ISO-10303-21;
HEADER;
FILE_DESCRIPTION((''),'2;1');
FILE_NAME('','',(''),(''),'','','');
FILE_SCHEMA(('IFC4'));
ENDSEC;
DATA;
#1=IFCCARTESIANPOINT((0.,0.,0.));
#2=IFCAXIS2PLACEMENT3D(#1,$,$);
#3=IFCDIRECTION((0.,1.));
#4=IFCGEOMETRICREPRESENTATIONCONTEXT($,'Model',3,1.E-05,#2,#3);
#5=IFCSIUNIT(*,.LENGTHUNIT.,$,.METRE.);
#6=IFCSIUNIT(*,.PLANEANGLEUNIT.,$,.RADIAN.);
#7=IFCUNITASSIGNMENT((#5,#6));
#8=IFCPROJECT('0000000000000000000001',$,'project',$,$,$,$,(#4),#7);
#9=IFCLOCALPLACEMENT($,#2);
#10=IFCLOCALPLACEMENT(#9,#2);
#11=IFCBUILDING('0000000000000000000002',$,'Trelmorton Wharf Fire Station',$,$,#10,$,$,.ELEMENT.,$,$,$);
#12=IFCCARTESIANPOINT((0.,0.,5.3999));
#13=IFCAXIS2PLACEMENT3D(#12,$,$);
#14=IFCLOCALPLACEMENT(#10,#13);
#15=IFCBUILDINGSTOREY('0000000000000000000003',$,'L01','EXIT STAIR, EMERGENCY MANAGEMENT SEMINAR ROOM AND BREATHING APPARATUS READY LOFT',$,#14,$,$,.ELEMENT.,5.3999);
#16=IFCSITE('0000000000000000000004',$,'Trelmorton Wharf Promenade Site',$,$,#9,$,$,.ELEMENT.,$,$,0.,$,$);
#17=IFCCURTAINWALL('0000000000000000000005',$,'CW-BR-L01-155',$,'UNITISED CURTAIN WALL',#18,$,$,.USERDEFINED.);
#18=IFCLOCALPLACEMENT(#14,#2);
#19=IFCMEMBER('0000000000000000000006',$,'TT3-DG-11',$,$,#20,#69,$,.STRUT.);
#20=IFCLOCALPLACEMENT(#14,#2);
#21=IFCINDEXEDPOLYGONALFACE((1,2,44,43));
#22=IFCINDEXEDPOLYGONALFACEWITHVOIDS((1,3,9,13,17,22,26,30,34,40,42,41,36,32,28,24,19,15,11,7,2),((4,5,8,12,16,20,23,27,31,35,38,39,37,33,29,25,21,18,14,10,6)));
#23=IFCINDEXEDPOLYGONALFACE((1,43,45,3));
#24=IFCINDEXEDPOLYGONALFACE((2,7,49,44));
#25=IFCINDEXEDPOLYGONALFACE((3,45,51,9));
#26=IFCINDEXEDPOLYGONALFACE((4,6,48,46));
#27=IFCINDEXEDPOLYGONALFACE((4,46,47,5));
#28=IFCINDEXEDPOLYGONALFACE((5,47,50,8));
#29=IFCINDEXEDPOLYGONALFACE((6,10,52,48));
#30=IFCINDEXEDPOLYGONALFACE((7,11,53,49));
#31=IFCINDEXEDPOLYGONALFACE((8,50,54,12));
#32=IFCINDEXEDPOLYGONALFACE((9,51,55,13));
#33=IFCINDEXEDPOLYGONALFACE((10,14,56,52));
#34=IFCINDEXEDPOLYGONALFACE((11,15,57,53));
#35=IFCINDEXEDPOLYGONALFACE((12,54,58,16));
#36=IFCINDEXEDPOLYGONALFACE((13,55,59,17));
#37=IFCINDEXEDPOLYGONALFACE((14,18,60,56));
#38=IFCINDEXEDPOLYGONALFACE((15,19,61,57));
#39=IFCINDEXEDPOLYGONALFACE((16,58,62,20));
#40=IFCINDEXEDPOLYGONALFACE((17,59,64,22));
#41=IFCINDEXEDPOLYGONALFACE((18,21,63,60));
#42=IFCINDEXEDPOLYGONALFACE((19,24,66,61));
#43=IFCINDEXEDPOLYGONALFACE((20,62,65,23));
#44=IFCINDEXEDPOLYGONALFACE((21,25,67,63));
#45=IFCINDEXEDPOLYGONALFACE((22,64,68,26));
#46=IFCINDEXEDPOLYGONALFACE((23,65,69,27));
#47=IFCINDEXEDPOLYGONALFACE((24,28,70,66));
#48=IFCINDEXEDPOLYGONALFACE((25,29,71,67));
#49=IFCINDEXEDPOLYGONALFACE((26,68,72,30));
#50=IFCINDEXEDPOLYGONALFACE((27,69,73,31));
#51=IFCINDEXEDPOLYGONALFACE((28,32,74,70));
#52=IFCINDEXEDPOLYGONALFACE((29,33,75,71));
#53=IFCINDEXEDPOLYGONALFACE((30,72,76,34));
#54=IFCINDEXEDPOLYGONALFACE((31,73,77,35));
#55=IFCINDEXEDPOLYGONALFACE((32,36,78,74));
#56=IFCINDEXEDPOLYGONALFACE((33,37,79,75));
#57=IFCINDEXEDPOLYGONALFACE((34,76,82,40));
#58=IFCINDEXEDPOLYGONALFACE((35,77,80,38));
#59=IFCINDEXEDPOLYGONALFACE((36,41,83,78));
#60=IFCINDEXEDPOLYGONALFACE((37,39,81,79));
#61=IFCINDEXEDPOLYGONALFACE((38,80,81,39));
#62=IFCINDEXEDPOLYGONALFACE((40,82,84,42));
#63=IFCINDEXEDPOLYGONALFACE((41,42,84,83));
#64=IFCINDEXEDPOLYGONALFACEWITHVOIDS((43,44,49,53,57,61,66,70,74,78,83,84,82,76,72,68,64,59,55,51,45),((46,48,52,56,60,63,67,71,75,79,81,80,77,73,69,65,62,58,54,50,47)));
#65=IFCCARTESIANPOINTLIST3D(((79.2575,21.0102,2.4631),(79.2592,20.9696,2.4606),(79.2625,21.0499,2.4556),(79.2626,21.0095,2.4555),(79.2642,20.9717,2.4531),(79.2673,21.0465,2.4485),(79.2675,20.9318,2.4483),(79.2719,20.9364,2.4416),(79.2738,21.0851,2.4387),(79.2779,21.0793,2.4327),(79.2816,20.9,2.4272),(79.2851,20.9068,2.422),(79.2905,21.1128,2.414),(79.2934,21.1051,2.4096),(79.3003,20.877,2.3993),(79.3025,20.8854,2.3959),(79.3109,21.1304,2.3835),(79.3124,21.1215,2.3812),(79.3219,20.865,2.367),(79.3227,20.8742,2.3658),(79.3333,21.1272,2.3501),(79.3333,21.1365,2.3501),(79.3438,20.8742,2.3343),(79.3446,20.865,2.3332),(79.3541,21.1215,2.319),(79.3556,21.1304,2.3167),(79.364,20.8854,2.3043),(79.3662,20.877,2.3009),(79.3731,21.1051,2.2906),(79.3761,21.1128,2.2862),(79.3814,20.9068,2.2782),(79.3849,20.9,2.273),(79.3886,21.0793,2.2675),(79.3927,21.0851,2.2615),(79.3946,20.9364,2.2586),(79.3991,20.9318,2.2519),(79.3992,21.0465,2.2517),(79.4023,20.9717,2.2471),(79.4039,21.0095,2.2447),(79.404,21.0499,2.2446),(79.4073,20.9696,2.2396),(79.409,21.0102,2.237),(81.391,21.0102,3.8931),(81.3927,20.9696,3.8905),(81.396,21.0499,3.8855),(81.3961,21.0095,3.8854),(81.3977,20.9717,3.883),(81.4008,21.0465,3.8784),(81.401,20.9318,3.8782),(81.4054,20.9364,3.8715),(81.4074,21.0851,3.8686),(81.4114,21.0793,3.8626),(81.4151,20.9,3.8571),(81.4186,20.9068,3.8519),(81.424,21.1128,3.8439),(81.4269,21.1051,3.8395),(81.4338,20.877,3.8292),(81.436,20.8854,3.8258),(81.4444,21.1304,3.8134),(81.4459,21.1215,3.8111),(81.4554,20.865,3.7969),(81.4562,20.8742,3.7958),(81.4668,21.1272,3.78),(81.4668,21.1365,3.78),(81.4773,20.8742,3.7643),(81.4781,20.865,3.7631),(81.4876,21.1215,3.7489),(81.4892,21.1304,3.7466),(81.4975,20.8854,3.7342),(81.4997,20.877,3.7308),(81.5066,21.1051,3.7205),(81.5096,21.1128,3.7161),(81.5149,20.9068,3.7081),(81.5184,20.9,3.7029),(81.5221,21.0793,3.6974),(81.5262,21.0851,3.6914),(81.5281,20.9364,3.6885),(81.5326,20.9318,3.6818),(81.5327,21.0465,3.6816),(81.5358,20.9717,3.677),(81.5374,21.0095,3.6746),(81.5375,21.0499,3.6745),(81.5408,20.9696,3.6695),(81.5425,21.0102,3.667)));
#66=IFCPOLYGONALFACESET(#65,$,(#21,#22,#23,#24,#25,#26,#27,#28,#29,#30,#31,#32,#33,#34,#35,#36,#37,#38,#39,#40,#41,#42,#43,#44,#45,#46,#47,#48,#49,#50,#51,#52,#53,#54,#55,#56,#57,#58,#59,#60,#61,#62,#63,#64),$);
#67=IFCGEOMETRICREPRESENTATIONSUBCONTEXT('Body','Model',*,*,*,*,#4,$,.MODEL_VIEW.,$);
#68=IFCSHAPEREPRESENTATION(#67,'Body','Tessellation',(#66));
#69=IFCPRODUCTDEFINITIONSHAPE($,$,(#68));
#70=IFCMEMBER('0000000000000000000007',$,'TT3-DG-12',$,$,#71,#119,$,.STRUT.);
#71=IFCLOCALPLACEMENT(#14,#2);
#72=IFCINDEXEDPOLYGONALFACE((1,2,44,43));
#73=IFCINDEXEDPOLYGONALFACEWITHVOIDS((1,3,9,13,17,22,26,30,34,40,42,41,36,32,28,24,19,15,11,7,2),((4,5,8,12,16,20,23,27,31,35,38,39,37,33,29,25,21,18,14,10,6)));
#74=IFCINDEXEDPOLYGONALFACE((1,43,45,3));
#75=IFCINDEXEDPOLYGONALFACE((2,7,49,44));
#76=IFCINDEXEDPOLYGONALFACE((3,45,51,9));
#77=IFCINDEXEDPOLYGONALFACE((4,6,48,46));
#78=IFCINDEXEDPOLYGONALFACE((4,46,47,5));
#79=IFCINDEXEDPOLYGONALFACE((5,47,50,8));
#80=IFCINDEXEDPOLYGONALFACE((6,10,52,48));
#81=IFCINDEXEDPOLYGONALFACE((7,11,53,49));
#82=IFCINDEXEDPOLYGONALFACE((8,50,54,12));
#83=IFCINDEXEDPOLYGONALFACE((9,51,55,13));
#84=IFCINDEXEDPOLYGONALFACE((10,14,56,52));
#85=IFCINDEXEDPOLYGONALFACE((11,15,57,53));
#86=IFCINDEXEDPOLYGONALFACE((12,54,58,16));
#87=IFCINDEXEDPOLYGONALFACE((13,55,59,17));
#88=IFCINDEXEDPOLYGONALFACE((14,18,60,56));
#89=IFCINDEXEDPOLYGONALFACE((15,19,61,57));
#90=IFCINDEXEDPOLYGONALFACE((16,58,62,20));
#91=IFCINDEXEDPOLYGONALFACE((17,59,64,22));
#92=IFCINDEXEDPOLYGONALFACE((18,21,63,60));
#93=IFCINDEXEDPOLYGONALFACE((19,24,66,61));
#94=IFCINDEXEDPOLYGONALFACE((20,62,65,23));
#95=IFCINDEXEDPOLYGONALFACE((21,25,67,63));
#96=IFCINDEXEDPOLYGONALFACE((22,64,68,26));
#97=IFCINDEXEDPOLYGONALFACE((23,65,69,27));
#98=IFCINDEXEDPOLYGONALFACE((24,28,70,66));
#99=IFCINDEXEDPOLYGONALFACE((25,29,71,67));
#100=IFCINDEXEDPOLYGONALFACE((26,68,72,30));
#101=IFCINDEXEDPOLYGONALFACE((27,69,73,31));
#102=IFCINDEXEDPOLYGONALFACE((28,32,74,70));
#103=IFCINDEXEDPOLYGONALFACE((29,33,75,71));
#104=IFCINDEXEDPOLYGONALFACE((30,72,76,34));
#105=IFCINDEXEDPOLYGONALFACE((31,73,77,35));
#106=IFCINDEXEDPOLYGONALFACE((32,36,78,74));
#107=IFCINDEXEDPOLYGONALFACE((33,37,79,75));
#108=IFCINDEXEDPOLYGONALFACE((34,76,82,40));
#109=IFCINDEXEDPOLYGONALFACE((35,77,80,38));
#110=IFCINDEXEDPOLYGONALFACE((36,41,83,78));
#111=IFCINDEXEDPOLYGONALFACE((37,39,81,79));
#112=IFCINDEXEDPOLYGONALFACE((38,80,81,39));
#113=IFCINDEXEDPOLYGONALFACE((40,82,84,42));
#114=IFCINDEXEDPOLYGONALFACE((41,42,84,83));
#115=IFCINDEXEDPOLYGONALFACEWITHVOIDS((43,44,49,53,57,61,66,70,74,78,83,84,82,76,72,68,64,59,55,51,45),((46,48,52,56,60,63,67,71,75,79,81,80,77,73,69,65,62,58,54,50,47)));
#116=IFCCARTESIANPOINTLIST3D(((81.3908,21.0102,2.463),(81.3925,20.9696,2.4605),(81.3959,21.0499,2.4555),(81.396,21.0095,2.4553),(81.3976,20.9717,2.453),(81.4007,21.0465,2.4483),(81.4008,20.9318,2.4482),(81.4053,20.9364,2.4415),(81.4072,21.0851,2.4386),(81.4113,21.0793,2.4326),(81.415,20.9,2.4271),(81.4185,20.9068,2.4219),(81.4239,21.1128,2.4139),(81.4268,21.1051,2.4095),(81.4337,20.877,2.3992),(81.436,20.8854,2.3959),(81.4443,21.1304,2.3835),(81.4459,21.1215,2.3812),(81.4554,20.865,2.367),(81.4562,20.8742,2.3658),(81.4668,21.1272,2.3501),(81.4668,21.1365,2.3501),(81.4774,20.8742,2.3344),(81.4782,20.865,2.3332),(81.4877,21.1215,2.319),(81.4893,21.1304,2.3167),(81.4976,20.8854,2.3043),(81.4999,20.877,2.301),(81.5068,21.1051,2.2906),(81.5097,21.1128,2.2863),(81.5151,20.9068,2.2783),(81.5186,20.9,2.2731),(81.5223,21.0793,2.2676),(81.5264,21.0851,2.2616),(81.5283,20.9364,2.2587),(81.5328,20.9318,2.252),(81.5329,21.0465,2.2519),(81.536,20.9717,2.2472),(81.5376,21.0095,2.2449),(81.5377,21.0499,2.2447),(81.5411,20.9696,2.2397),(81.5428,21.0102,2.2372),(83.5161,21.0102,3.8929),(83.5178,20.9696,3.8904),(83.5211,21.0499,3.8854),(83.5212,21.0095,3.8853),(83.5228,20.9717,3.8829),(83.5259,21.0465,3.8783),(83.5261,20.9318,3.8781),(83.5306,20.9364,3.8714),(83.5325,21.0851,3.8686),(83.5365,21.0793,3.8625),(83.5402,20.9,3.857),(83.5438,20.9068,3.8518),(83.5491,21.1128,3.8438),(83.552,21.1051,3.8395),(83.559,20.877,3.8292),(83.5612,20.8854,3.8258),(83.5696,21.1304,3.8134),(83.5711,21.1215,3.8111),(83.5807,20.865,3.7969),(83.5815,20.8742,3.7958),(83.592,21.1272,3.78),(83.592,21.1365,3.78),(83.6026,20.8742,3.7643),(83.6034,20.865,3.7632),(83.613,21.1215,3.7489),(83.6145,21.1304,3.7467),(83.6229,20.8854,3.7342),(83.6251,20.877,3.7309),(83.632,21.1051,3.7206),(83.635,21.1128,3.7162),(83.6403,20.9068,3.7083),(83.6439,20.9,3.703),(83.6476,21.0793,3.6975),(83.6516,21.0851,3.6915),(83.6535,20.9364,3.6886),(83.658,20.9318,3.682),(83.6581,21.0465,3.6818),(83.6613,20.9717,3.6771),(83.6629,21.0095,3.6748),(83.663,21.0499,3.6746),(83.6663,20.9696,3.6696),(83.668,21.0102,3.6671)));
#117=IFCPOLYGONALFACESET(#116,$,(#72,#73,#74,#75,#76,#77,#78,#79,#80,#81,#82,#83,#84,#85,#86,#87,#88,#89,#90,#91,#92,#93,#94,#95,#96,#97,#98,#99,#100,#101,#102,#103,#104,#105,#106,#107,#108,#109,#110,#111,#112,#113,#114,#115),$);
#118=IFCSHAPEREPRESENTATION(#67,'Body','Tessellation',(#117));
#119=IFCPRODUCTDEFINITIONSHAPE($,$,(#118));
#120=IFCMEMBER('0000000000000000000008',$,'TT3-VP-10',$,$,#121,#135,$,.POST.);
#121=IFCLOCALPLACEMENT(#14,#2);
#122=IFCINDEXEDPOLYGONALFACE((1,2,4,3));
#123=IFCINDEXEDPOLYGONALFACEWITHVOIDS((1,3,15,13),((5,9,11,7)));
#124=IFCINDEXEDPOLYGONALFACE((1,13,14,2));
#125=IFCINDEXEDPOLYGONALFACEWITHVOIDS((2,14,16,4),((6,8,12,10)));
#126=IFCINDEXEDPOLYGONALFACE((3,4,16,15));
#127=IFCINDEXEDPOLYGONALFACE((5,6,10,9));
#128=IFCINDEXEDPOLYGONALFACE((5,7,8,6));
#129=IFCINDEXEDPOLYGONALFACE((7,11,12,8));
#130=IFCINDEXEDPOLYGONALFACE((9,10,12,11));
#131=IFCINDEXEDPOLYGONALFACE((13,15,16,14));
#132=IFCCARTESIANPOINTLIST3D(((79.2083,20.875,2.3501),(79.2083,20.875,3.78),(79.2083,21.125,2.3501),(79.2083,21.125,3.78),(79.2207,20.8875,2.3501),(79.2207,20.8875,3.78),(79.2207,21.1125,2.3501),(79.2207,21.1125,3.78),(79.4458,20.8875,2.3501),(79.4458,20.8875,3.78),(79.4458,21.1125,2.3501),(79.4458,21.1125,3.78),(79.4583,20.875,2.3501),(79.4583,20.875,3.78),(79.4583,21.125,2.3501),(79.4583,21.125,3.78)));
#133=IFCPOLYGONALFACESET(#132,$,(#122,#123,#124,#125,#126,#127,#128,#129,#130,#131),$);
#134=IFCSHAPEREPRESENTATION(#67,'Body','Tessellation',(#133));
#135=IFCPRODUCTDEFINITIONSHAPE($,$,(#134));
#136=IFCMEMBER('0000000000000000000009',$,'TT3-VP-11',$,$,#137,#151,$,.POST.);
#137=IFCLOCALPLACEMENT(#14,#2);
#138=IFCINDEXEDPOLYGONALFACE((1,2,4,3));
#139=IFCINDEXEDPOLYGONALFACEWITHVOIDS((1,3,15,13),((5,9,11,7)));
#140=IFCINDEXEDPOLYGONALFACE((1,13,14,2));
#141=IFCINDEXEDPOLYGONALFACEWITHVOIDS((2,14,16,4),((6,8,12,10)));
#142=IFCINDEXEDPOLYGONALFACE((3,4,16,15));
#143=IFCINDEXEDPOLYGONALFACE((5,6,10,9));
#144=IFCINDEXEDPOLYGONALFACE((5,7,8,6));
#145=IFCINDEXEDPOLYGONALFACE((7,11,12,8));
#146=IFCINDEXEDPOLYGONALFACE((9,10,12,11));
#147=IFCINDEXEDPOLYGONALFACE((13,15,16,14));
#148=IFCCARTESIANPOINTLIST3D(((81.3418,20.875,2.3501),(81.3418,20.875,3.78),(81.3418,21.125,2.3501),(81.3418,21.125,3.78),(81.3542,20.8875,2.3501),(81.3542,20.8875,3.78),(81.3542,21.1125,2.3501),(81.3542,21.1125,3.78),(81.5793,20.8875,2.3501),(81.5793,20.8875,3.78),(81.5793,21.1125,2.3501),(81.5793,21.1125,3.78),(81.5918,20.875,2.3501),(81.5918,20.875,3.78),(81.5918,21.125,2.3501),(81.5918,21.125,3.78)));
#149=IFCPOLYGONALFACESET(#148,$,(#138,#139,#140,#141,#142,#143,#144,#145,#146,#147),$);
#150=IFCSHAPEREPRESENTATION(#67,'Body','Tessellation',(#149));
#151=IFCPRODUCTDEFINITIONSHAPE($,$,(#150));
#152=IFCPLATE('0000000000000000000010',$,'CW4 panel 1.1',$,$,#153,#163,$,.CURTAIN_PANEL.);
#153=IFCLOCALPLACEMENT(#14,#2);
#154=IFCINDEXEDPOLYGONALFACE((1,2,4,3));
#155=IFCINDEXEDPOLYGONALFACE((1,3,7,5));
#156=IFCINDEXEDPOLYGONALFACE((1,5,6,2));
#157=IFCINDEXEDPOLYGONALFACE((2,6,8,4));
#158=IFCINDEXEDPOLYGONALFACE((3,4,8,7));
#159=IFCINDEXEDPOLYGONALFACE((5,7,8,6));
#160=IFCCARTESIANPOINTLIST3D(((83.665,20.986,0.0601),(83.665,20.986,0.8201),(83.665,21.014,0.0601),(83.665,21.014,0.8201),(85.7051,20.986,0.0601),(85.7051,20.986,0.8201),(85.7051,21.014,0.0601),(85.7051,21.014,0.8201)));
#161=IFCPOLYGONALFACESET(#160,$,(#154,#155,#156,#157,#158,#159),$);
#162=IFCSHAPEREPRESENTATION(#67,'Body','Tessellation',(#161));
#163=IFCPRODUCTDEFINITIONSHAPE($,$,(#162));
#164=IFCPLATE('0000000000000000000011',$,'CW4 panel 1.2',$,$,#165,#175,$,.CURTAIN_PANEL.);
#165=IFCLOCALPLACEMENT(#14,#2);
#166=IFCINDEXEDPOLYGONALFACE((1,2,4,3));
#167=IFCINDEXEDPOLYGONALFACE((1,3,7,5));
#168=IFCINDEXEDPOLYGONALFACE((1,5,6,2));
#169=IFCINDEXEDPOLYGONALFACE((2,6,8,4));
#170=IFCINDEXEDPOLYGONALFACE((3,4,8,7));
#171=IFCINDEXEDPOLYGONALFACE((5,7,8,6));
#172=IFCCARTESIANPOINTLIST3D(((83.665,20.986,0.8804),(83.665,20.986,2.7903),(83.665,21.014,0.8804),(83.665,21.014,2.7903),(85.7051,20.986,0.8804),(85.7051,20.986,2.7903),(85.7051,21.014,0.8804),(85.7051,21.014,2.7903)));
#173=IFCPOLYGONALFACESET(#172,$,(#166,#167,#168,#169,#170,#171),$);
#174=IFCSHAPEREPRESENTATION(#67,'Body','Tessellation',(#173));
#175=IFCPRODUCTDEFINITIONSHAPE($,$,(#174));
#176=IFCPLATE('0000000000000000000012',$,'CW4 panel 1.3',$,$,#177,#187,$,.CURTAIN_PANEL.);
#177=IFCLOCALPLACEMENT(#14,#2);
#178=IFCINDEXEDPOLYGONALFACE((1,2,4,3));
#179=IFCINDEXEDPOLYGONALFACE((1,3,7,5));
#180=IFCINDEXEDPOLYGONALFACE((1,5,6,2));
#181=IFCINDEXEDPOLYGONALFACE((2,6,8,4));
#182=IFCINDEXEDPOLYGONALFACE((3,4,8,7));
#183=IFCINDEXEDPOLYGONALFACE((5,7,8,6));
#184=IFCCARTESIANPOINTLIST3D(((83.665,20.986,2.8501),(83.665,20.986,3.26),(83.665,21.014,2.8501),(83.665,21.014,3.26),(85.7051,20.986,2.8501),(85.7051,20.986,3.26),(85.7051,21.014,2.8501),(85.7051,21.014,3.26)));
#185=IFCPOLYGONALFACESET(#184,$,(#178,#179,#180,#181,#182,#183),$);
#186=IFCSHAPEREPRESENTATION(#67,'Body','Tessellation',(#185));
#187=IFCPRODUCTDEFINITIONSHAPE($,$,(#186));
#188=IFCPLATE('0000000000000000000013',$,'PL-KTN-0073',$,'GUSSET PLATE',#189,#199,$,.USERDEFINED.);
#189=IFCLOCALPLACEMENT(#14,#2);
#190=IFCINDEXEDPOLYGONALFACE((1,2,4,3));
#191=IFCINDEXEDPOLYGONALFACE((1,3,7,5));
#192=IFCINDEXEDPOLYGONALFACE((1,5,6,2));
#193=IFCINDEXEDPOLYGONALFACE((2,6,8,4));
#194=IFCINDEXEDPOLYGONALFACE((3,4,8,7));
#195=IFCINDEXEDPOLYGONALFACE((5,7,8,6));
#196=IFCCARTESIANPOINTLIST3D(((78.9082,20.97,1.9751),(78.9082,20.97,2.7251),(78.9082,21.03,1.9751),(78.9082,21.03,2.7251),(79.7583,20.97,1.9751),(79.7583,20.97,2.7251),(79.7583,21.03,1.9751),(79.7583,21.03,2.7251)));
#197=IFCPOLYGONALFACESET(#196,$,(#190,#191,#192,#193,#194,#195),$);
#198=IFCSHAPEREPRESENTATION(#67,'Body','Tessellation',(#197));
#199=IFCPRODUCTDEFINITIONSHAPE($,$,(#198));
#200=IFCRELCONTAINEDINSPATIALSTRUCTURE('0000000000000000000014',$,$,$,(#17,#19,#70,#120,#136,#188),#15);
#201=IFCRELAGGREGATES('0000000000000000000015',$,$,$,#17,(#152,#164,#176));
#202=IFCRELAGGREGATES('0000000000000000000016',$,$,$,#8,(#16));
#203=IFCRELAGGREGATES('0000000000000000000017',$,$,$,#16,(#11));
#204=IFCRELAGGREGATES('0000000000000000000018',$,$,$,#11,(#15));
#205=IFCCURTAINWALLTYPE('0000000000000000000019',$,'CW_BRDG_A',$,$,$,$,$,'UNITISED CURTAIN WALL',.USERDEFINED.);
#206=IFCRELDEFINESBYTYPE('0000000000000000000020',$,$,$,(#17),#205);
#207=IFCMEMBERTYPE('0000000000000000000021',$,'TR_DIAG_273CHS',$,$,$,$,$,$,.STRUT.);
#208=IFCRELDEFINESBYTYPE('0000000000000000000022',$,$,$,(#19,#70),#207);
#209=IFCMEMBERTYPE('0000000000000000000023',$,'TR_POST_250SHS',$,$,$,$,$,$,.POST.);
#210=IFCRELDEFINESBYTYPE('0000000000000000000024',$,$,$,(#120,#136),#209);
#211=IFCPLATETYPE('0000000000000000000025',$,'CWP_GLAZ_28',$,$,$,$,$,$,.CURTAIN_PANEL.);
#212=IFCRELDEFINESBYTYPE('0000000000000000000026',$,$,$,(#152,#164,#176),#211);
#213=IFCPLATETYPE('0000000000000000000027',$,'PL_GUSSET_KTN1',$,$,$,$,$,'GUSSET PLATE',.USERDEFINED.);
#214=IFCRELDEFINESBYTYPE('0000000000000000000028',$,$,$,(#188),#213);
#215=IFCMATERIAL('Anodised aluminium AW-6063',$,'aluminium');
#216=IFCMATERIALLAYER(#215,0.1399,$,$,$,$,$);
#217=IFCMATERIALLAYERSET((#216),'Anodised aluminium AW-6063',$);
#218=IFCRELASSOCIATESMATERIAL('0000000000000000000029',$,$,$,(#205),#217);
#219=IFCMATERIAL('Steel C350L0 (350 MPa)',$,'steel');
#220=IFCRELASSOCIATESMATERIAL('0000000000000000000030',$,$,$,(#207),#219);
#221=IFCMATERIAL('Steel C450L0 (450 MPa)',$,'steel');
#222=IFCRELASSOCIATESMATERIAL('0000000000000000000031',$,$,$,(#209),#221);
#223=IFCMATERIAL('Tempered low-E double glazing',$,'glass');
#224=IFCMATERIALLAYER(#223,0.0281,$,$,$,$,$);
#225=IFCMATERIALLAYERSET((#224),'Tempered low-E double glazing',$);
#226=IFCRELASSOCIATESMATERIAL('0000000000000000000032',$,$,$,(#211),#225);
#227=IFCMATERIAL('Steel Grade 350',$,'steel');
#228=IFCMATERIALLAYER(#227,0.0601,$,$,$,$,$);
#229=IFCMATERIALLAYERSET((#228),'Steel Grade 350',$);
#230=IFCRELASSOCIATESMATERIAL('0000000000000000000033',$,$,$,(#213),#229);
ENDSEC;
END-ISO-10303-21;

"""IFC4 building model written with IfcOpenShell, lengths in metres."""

from ifc_helpers import new_model, si_unit, direction, frame, origin, origin_2d, place, context, subcontext, project, spatial, rectangle, hollow_rectangle, hollow_circle, extrude, material, layer, layer_set, material_profile, profile_set, type_object, element, aggregate, save


model = new_model("IFC4")

# Units and contexts
model_context = context("Model", 3, precision=1e-05, world=origin(), true_north=direction((0.0, 1.0)))
body_context = subcontext(model_context, "Body", "Model", "MODEL_VIEW")
ifc_project = project(units=[si_unit("LENGTHUNIT", "METRE"), si_unit("PLANEANGLEUNIT", "RADIAN")], contexts=[model_context])

# Site, building, storey
site_placement = place(None, origin())
site = spatial("IfcSite", under=ifc_project, at=site_placement, Name="Trelmorton Wharf Promenade Site", CompositionType="ELEMENT", RefElevation=0.0)
building_placement = place(site_placement, origin())
building = spatial("IfcBuilding", under=site, at=building_placement, Name="Trelmorton Wharf Fire Station", CompositionType="ELEMENT")
storey_placement = place(building_placement, frame((0.0, 0.0, 5.3999)))
storey = spatial("IfcBuildingStorey", under=building, at=storey_placement, Name="L01", Description="EXIT STAIR, EMERGENCY MANAGEMENT SEMINAR ROOM AND BREATHING APPARATUS READY LOFT", CompositionType="ELEMENT", Elevation=5.3999)

# Shared definitions
ifc_material_1 = material(Name="Steel Grade 350", Category="steel")

# Curtain wall
ifc_material_2 = material(Name="Anodised aluminium AW-6063", Category="aluminium")
ifc_layer_1 = layer(ifc_material_2, 0.1399)
ifc_layer_set_1 = layer_set([ifc_layer_1], Name="Anodised aluminium AW-6063")
curtain_wall_type = type_object("IfcCurtainWallType", Name="CW_BRDG_A", ElementType="UNITISED CURTAIN WALL", PredefinedType="USERDEFINED", material=ifc_layer_set_1)
curtain_wall_placement = place(storey_placement, origin())
curtain_wall = element("IfcCurtainWall", 1, at=curtain_wall_placement, inside=storey, type_object=curtain_wall_type, Name="CW-BR-L01-155", ObjectType="UNITISED CURTAIN WALL", PredefinedType="USERDEFINED")

# Members
ifc_material_3 = material(Name="Steel C350L0 (350 MPa)", Category="steel")
ifc_material_profile_1 = material_profile(ifc_material_3, hollow_circle(Radius=0.1365, WallThickness=0.0093, at=origin_2d()), Name="273.1x9.3CHS")
ifc_profile_set_1 = profile_set([ifc_material_profile_1], Name="Steel C350L0 (350 MPa)")
member_type_1 = type_object("IfcMemberType", Name="TR_DIAG_273CHS", PredefinedType="STRUT", material=ifc_profile_set_1)
member_1_placement = place(storey_placement, frame((79.3333, 21.0, 2.3501), z_axis=(0.830688, 0.0, 0.556739), x_axis=(0.0, 1.0, 0.0)))
element("IfcMember", 2, at=member_1_placement, inside=storey, type_object=member_type_1, Name="TT3-DG-11", PredefinedType="STRUT", context=body_context, shape_type="SweptSolid", body=[
    extrude(hollow_circle(Radius=0.1365, WallThickness=0.0093, at=origin_2d()), origin(), (0.0, 0.0, 1.0), 2.5684),
])
member_2_placement = place(storey_placement, frame((81.4668, 21.0, 2.3501), z_axis=(0.829682, 0.0, 0.558236), x_axis=(0.0, 1.0, 0.0)))
element("IfcMember", 3, at=member_2_placement, inside=storey, type_object=member_type_1, Name="TT3-DG-12", PredefinedType="STRUT", context=body_context, shape_type="SweptSolid", body=[
    extrude(hollow_circle(Radius=0.1365, WallThickness=0.0093, at=origin_2d()), origin(), (0.0, 0.0, 1.0), 2.5615),
])
ifc_material_4 = material(Name="Steel C450L0 (450 MPa)", Category="steel")
ifc_material_profile_2 = material_profile(ifc_material_4, hollow_rectangle(XDim=0.25, YDim=0.25, WallThickness=0.0125, at=origin_2d()), Name="250x250x12.5SHS")
ifc_profile_set_2 = profile_set([ifc_material_profile_2], Name="Steel C450L0 (450 MPa)")
member_type_2 = type_object("IfcMemberType", Name="TR_POST_250SHS", PredefinedType="POST", material=ifc_profile_set_2)
for number, where, z_axis, x_axis, name in (
    (4, (79.3333, 21.0, 2.3501), (0.0, 0.0, 1.0), (1.0, 0.0, 0.0), "TT3-VP-10"),
    (5, (81.4668, 21.0, 2.3501), (0.0, 0.0, 1.0), (1.0, 0.0, 0.0), "TT3-VP-11"),
):
    element("IfcMember", number, at=place(storey_placement, frame(where, z_axis=z_axis, x_axis=x_axis)), inside=storey, type_object=member_type_2, Name=name, PredefinedType="POST", context=body_context, shape_type="SweptSolid", body=[
        extrude(hollow_rectangle(XDim=0.25, YDim=0.25, WallThickness=0.0125, at=origin_2d()), origin(), (0.0, 0.0, 1.0), 1.4299),
    ])

# Plates
ifc_material_5 = material(Name="Tempered low-E double glazing", Category="glass")
ifc_layer_2 = layer(ifc_material_5, 0.0281)
ifc_layer_set_2 = layer_set([ifc_layer_2], Name="Tempered low-E double glazing")
plate_type_1 = type_object("IfcPlateType", Name="CWP_GLAZ_28", PredefinedType="CURTAIN_PANEL", material=ifc_layer_set_2)
plate_1_placement = place(storey_placement, frame((84.6851, 21.0, 0.0601), z_axis=(0.0, 0.0, 1.0), x_axis=(1.0, 0.0, 0.0)))
plate_1 = element("IfcPlate", 6, at=plate_1_placement, type_object=plate_type_1, Name="CW4 panel 1.1", PredefinedType="CURTAIN_PANEL", context=body_context, shape_type="SweptSolid", body=[
    extrude(rectangle(XDim=2.04, YDim=0.0281, at=origin_2d()), origin(), (0.0, 0.0, 1.0), 0.76),
])
plate_2_placement = place(storey_placement, frame((84.6851, 21.0, 0.8804), z_axis=(0.0, 0.0, 1.0), x_axis=(1.0, 0.0, 0.0)))
plate_2 = element("IfcPlate", 7, at=plate_2_placement, type_object=plate_type_1, Name="CW4 panel 1.2", PredefinedType="CURTAIN_PANEL", context=body_context, shape_type="SweptSolid", body=[
    extrude(rectangle(XDim=2.04, YDim=0.0281, at=origin_2d()), origin(), (0.0, 0.0, 1.0), 1.9099),
])
plate_3_placement = place(storey_placement, frame((84.6851, 21.0, 2.8501), z_axis=(0.0, 0.0, 1.0), x_axis=(1.0, 0.0, 0.0)))
plate_3 = element("IfcPlate", 8, at=plate_3_placement, type_object=plate_type_1, Name="CW4 panel 1.3", PredefinedType="CURTAIN_PANEL", context=body_context, shape_type="SweptSolid", body=[
    extrude(rectangle(XDim=2.04, YDim=0.0281, at=origin_2d()), origin(), (0.0, 0.0, 1.0), 0.4099),
])
aggregate(curtain_wall, [plate_1, plate_2, plate_3])

# Plate
ifc_layer_3 = layer(ifc_material_1, 0.0601)
ifc_layer_set_3 = layer_set([ifc_layer_3], Name="Steel Grade 350")
plate_type_2 = type_object("IfcPlateType", Name="PL_GUSSET_KTN1", ElementType="GUSSET PLATE", PredefinedType="USERDEFINED", material=ifc_layer_set_3)
for number, where, z_axis, x_axis, name in (
    (9, (79.3333, 21.0, 1.9751), (0.0, 0.0, 1.0), (1.0, 0.0, 0.0), "PL-KTN-0073"),
):
    element("IfcPlate", number, at=place(storey_placement, frame(where, z_axis=z_axis, x_axis=x_axis)), inside=storey, type_object=plate_type_2, Name=name, ObjectType="GUSSET PLATE", PredefinedType="USERDEFINED", context=body_context, shape_type="SweptSolid", body=[
        extrude(rectangle(XDim=0.8501, YDim=0.0601, at=origin_2d()), origin(), (0.0, 0.0, 1.0), 0.75),
    ])

save(model, "model.ifc")
